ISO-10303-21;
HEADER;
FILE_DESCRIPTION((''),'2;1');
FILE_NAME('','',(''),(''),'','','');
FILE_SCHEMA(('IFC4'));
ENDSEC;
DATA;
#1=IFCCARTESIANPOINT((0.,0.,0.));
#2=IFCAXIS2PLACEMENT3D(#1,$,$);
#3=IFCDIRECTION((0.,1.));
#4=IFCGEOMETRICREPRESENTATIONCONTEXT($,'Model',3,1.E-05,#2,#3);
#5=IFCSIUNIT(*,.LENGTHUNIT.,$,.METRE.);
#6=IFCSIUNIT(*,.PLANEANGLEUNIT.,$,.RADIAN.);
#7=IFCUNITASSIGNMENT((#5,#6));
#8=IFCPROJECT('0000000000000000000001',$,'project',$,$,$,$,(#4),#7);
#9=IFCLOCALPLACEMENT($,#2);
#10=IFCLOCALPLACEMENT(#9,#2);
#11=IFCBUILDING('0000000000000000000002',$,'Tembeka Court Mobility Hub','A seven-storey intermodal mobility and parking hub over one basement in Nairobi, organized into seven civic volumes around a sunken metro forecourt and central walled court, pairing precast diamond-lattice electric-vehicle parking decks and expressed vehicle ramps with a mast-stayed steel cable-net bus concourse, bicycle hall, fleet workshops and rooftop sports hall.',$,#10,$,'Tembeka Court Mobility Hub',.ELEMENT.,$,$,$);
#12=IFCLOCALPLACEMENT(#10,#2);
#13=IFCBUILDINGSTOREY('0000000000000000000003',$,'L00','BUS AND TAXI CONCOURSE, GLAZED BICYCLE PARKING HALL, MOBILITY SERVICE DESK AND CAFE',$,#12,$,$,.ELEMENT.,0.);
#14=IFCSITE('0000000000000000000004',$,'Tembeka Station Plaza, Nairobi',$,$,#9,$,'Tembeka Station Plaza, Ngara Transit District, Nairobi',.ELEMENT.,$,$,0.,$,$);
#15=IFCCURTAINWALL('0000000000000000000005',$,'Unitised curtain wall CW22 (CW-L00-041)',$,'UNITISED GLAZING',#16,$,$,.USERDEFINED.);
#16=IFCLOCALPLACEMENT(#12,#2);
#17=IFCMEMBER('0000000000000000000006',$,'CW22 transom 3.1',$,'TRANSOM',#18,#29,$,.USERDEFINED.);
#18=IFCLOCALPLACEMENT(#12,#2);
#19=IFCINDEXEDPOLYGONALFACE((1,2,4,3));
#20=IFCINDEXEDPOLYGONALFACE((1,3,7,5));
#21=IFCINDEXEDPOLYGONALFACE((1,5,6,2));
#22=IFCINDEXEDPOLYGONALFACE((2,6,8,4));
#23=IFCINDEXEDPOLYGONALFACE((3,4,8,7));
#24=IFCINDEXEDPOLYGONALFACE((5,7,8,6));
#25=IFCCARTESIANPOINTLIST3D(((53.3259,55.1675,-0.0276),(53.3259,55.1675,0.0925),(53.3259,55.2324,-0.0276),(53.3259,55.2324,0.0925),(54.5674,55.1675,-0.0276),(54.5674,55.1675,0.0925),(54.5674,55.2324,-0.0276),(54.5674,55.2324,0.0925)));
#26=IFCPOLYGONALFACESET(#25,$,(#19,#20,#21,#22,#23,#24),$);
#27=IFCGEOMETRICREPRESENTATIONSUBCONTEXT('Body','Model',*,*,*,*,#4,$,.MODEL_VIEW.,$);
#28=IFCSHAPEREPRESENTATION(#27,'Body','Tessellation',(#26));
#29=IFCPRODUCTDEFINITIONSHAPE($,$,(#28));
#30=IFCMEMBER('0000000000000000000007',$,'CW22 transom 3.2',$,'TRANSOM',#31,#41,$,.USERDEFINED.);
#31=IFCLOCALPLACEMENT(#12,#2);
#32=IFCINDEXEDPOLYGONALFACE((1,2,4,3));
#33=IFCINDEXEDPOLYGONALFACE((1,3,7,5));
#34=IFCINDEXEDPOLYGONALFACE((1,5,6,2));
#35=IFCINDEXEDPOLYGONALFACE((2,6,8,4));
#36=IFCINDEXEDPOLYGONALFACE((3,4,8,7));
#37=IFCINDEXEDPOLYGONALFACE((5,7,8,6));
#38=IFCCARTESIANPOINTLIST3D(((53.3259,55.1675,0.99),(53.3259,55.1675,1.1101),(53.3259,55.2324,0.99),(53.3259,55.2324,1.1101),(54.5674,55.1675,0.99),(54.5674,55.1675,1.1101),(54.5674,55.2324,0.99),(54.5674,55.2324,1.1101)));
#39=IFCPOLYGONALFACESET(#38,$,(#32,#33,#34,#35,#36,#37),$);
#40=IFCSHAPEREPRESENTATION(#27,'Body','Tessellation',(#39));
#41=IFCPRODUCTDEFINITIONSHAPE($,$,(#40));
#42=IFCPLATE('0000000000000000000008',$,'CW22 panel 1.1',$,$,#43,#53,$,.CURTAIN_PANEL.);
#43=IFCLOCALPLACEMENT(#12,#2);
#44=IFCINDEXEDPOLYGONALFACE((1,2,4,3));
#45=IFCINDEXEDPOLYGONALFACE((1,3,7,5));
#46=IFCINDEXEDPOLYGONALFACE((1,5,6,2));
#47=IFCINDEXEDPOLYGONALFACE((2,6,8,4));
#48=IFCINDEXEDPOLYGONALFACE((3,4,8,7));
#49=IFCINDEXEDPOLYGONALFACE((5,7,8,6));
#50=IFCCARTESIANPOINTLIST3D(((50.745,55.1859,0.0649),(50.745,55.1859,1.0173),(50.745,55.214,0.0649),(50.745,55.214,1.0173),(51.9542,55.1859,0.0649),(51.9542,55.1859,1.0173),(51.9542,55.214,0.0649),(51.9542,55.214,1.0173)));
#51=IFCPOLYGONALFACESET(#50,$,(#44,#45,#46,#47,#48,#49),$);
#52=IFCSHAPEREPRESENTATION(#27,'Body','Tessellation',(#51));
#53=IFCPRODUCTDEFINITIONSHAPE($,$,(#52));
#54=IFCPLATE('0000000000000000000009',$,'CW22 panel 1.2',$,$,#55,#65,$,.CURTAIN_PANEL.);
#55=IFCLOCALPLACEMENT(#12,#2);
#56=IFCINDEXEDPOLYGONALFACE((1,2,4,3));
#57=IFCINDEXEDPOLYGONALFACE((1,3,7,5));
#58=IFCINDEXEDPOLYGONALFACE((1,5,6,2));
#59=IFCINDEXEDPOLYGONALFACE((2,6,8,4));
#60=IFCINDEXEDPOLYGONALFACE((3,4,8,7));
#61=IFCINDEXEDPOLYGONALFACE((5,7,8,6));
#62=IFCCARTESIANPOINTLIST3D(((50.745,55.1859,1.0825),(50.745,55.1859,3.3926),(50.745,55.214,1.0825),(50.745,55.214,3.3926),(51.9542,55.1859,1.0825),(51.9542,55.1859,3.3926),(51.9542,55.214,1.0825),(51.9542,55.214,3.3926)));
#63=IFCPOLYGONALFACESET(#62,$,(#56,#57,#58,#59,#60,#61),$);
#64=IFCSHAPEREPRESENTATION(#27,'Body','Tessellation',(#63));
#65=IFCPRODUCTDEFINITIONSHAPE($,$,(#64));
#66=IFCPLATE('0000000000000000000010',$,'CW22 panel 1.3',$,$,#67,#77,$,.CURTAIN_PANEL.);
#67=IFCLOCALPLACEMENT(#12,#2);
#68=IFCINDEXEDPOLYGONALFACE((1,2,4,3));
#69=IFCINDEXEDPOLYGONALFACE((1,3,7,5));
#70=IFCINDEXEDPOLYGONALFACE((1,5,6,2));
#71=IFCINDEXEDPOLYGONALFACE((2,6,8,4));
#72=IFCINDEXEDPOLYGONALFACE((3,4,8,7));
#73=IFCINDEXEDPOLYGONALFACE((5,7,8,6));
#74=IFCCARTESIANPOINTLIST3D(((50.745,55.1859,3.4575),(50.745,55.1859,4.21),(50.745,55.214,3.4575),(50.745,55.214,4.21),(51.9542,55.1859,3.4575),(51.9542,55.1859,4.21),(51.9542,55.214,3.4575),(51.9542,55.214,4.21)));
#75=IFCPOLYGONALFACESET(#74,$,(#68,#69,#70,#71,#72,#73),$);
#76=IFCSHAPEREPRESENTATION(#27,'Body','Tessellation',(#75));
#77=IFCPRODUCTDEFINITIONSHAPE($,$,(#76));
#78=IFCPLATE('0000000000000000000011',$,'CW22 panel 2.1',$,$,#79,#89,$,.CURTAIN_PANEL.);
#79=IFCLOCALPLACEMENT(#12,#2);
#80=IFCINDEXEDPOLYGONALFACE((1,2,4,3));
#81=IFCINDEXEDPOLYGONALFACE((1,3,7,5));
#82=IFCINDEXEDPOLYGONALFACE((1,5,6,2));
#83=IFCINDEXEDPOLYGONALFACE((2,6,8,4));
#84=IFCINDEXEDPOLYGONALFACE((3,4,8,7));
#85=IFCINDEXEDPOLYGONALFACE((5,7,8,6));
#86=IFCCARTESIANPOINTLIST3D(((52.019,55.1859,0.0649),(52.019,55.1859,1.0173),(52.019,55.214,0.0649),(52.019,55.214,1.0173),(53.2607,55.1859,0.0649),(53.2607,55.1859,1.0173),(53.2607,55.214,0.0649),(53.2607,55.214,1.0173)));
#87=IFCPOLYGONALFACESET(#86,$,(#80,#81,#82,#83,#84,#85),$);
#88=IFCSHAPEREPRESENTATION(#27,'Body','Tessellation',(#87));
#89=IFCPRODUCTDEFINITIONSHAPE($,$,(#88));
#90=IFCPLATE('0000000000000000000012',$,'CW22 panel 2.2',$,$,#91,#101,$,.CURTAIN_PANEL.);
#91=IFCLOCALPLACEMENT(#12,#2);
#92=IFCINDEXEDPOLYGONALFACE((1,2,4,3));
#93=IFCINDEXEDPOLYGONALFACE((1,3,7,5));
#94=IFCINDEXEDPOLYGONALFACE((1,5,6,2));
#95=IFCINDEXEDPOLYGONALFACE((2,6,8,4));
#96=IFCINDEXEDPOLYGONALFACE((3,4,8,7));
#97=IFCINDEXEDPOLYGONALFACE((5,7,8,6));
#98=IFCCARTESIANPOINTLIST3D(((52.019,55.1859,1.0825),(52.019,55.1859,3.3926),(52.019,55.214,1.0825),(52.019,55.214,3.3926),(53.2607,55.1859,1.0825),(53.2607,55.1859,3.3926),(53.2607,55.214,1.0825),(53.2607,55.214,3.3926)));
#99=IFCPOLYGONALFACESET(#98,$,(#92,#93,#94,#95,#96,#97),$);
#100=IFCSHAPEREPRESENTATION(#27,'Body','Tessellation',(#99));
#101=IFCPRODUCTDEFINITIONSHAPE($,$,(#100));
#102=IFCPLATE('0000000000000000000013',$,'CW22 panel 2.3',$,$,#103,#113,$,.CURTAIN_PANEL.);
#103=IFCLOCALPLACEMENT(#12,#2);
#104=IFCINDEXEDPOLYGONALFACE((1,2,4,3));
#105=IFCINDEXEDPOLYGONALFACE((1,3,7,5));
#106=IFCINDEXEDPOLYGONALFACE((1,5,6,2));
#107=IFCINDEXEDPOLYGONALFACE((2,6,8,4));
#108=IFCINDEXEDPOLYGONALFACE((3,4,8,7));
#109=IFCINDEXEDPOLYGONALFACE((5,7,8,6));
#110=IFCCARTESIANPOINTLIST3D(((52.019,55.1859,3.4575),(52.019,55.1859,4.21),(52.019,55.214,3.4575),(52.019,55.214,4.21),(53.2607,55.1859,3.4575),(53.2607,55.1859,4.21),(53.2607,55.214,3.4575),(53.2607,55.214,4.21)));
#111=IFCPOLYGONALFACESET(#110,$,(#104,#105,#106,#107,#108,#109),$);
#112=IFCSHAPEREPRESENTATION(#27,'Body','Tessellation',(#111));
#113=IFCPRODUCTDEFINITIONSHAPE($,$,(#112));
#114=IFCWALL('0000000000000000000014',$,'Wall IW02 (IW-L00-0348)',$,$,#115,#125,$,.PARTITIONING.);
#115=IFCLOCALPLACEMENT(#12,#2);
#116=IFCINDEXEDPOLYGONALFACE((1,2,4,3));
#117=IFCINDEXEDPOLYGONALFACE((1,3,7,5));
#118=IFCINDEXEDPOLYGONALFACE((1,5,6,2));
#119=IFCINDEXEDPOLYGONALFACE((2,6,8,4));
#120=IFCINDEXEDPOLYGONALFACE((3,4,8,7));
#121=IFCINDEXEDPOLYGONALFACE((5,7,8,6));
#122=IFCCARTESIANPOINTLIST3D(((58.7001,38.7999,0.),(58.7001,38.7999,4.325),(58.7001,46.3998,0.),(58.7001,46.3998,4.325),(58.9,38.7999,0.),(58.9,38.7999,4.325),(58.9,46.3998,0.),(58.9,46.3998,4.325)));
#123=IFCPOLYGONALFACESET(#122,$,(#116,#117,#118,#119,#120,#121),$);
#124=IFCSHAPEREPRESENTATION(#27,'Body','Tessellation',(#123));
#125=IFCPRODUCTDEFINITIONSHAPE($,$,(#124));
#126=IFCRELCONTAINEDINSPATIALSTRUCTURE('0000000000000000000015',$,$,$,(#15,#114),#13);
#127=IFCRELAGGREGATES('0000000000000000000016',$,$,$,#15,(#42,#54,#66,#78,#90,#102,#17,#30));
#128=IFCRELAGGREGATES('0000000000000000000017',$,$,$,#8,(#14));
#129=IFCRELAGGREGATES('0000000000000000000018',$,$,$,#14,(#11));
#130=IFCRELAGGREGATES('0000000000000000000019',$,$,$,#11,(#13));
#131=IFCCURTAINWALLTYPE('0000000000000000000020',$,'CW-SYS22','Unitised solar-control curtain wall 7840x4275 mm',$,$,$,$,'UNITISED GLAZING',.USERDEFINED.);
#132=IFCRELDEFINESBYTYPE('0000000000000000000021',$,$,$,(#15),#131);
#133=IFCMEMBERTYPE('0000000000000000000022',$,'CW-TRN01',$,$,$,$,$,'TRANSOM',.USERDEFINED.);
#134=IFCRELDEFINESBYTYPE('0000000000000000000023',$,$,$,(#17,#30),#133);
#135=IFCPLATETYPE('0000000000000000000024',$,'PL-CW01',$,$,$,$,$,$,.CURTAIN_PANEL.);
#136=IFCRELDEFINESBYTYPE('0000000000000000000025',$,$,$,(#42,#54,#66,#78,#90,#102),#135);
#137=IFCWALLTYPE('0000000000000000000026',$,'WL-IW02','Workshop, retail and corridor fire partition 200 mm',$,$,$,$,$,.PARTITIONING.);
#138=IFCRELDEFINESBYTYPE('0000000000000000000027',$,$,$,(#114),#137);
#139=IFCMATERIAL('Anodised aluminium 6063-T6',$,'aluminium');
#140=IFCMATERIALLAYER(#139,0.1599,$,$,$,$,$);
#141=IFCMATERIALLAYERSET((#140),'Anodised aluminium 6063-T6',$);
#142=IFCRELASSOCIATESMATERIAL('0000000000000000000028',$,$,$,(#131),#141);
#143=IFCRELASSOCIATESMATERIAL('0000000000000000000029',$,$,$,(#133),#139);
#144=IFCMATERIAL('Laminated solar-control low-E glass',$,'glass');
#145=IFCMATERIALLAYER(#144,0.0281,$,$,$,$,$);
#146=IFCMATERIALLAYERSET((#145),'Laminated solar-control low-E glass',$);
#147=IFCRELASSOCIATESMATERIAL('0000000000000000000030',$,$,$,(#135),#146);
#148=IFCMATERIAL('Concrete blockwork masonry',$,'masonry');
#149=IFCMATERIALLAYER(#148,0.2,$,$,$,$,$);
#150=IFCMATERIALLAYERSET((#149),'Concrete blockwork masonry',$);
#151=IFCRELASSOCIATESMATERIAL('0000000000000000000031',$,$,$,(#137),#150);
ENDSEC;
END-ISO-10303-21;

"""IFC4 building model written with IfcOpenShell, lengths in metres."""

from ifc_helpers import new_model, si_unit, direction, frame, frame_2d, origin, origin_2d, place, context, subcontext, project, spatial, rectangle, extrude, material, layer, layer_set, material_profile, profile_set, type_object, element, aggregate, save


model = new_model("IFC4")

# Units and contexts
model_context = context("Model", 3, precision=1e-05, world=origin(), true_north=direction((0.0, 1.0)))
body_context = subcontext(model_context, "Body", "Model", "MODEL_VIEW")
ifc_project = project(units=[si_unit("LENGTHUNIT", "METRE"), si_unit("PLANEANGLEUNIT", "RADIAN")], contexts=[model_context])

# Site, building, storey
site_placement = place(None, origin())
site = spatial("IfcSite", under=ifc_project, at=site_placement, Name="Tembeka Station Plaza, Nairobi", LongName="Tembeka Station Plaza, Ngara Transit District, Nairobi", CompositionType="ELEMENT", RefElevation=0.0)
building_placement = place(site_placement, origin())
building = spatial("IfcBuilding", under=site, at=building_placement, Name="Tembeka Court Mobility Hub", Description="A seven-storey intermodal mobility and parking hub over one basement in Nairobi, organized into seven civic volumes around a sunken metro forecourt and central walled court, pairing precast diamond-lattice electric-vehicle parking decks and expressed vehicle ramps with a mast-stayed steel cable-net bus concourse, bicycle hall, fleet workshops and rooftop sports hall.", LongName="Tembeka Court Mobility Hub", CompositionType="ELEMENT")
storey_placement = place(building_placement, origin())
storey = spatial("IfcBuildingStorey", under=building, at=storey_placement, Name="L00", Description="BUS AND TAXI CONCOURSE, GLAZED BICYCLE PARKING HALL, MOBILITY SERVICE DESK AND CAFE", CompositionType="ELEMENT", Elevation=0.0)

# Curtain wall, members, plates
ifc_material_1 = material(Name="Anodised aluminium 6063-T6", Category="aluminium")
ifc_layer_1 = layer(ifc_material_1, 0.1599)
ifc_layer_set_1 = layer_set([ifc_layer_1], Name="Anodised aluminium 6063-T6")
curtain_wall_type = type_object("IfcCurtainWallType", Name="CW-SYS22", Description="Unitised solar-control curtain wall 7840x4275 mm", ElementType="UNITISED GLAZING", PredefinedType="USERDEFINED", material=ifc_layer_set_1)
curtain_wall_placement = place(storey_placement, origin())
curtain_wall = element("IfcCurtainWall", 1, at=curtain_wall_placement, inside=storey, type_object=curtain_wall_type, Name="Unitised curtain wall CW22 (CW-L00-041)", ObjectType="UNITISED GLAZING", PredefinedType="USERDEFINED")
ifc_material_profile_1 = material_profile(ifc_material_1, rectangle(XDim=0.0649, YDim=0.1201, at=origin_2d()), Name="ALU-TRN 65x120")
ifc_profile_set_1 = profile_set([ifc_material_profile_1], Name="Anodised aluminium 6063-T6")
member_type_1 = type_object("IfcMemberType", Name="CW-TRN01", ElementType="TRANSOM", PredefinedType="USERDEFINED", material=ifc_profile_set_1)
member_1_placement = place(storey_placement, frame((53.3259, 55.2, 0.0325), z_axis=(1.0, 0.0, 0.0), x_axis=(0.0, 1.0, 0.0)))
member_1 = element("IfcMember", 2, at=member_1_placement, type_object=member_type_1, Name="CW22 transom 3.1", ObjectType="TRANSOM", PredefinedType="USERDEFINED", context=body_context, shape_type="SweptSolid", body=[
    extrude(rectangle(XDim=0.0649, YDim=0.1201, at=origin_2d()), origin(), (0.0, 0.0, 1.0), 1.2415),
])
member_2_placement = place(storey_placement, frame((53.3259, 55.2, 1.05), z_axis=(1.0, 0.0, 0.0), x_axis=(0.0, 1.0, 0.0)))
member_2 = element("IfcMember", 3, at=member_2_placement, type_object=member_type_1, Name="CW22 transom 3.2", ObjectType="TRANSOM", PredefinedType="USERDEFINED", context=body_context, shape_type="SweptSolid", body=[
    extrude(rectangle(XDim=0.0649, YDim=0.1201, at=origin_2d()), origin(), (0.0, 0.0, 1.0), 1.2415),
])
ifc_material_2 = material(Name="Laminated solar-control low-E glass", Category="glass")
ifc_layer_2 = layer(ifc_material_2, 0.0281)
ifc_layer_set_2 = layer_set([ifc_layer_2], Name="Laminated solar-control low-E glass")
plate_type = type_object("IfcPlateType", Name="PL-CW01", PredefinedType="CURTAIN_PANEL", material=ifc_layer_set_2)
plate_1_placement = place(storey_placement, frame((51.3496, 55.2, 0.0649), z_axis=(0.0, 0.0, 1.0), x_axis=(1.0, 0.0, 0.0)))
plate_1 = element("IfcPlate", 4, at=plate_1_placement, type_object=plate_type, Name="CW22 panel 1.1", PredefinedType="CURTAIN_PANEL", context=body_context, shape_type="SweptSolid", body=[
    extrude(rectangle(XDim=1.2092, YDim=0.0281, at=origin_2d()), origin(), (0.0, 0.0, 1.0), 0.9524),
])
plate_2_placement = place(storey_placement, frame((51.3496, 55.2, 1.0825), z_axis=(0.0, 0.0, 1.0), x_axis=(1.0, 0.0, 0.0)))
plate_2 = element("IfcPlate", 5, at=plate_2_placement, type_object=plate_type, Name="CW22 panel 1.2", PredefinedType="CURTAIN_PANEL", context=body_context, shape_type="SweptSolid", body=[
    extrude(rectangle(XDim=1.2092, YDim=0.0281, at=origin_2d()), origin(), (0.0, 0.0, 1.0), 2.3101),
])
plate_3_placement = place(storey_placement, frame((51.3496, 55.2, 3.4575), z_axis=(0.0, 0.0, 1.0), x_axis=(1.0, 0.0, 0.0)))
plate_3 = element("IfcPlate", 6, at=plate_3_placement, type_object=plate_type, Name="CW22 panel 1.3", PredefinedType="CURTAIN_PANEL", context=body_context, shape_type="SweptSolid", body=[
    extrude(rectangle(XDim=1.2092, YDim=0.0281, at=origin_2d()), origin(), (0.0, 0.0, 1.0), 0.7524),
])
plate_4_placement = place(storey_placement, frame((52.6399, 55.2, 0.0649), z_axis=(0.0, 0.0, 1.0), x_axis=(1.0, 0.0, 0.0)))
plate_4 = element("IfcPlate", 7, at=plate_4_placement, type_object=plate_type, Name="CW22 panel 2.1", PredefinedType="CURTAIN_PANEL", context=body_context, shape_type="SweptSolid", body=[
    extrude(rectangle(XDim=1.2417, YDim=0.0281, at=origin_2d()), origin(), (0.0, 0.0, 1.0), 0.9524),
])
plate_5_placement = place(storey_placement, frame((52.6399, 55.2, 1.0825), z_axis=(0.0, 0.0, 1.0), x_axis=(1.0, 0.0, 0.0)))
plate_5 = element("IfcPlate", 8, at=plate_5_placement, type_object=plate_type, Name="CW22 panel 2.2", PredefinedType="CURTAIN_PANEL", context=body_context, shape_type="SweptSolid", body=[
    extrude(rectangle(XDim=1.2417, YDim=0.0281, at=origin_2d()), origin(), (0.0, 0.0, 1.0), 2.3101),
])
plate_6_placement = place(storey_placement, frame((52.6399, 55.2, 3.4575), z_axis=(0.0, 0.0, 1.0), x_axis=(1.0, 0.0, 0.0)))
plate_6 = element("IfcPlate", 9, at=plate_6_placement, type_object=plate_type, Name="CW22 panel 2.3", PredefinedType="CURTAIN_PANEL", context=body_context, shape_type="SweptSolid", body=[
    extrude(rectangle(XDim=1.2417, YDim=0.0281, at=origin_2d()), origin(), (0.0, 0.0, 1.0), 0.7524),
])
aggregate(curtain_wall, [plate_1, plate_2, plate_3, plate_4, plate_5, plate_6, member_1, member_2])

# Wall
ifc_material_3 = material(Name="Concrete blockwork masonry", Category="masonry")
ifc_layer_3 = layer(ifc_material_3, 0.2)
ifc_layer_set_3 = layer_set([ifc_layer_3], Name="Concrete blockwork masonry")
wall_type = type_object("IfcWallType", Name="WL-IW02", Description="Workshop, retail and corridor fire partition 200 mm", PredefinedType="PARTITIONING", material=ifc_layer_set_3)
wall_placement = place(storey_placement, frame((58.8, 38.8, 0.0), z_axis=(0.0, 0.0, 1.0), x_axis=(0.0, 1.0, 0.0)))
element("IfcWall", 10, at=wall_placement, inside=storey, type_object=wall_type, Name="Wall IW02 (IW-L00-0348)", PredefinedType="PARTITIONING", context=body_context, shape_type="SweptSolid", body=[
    extrude(rectangle(XDim=7.5999, YDim=0.2, at=frame_2d((3.7998, 0.0))), origin(), (0.0, 0.0, 1.0), 4.325),
])

save(model, "model.ifc")
